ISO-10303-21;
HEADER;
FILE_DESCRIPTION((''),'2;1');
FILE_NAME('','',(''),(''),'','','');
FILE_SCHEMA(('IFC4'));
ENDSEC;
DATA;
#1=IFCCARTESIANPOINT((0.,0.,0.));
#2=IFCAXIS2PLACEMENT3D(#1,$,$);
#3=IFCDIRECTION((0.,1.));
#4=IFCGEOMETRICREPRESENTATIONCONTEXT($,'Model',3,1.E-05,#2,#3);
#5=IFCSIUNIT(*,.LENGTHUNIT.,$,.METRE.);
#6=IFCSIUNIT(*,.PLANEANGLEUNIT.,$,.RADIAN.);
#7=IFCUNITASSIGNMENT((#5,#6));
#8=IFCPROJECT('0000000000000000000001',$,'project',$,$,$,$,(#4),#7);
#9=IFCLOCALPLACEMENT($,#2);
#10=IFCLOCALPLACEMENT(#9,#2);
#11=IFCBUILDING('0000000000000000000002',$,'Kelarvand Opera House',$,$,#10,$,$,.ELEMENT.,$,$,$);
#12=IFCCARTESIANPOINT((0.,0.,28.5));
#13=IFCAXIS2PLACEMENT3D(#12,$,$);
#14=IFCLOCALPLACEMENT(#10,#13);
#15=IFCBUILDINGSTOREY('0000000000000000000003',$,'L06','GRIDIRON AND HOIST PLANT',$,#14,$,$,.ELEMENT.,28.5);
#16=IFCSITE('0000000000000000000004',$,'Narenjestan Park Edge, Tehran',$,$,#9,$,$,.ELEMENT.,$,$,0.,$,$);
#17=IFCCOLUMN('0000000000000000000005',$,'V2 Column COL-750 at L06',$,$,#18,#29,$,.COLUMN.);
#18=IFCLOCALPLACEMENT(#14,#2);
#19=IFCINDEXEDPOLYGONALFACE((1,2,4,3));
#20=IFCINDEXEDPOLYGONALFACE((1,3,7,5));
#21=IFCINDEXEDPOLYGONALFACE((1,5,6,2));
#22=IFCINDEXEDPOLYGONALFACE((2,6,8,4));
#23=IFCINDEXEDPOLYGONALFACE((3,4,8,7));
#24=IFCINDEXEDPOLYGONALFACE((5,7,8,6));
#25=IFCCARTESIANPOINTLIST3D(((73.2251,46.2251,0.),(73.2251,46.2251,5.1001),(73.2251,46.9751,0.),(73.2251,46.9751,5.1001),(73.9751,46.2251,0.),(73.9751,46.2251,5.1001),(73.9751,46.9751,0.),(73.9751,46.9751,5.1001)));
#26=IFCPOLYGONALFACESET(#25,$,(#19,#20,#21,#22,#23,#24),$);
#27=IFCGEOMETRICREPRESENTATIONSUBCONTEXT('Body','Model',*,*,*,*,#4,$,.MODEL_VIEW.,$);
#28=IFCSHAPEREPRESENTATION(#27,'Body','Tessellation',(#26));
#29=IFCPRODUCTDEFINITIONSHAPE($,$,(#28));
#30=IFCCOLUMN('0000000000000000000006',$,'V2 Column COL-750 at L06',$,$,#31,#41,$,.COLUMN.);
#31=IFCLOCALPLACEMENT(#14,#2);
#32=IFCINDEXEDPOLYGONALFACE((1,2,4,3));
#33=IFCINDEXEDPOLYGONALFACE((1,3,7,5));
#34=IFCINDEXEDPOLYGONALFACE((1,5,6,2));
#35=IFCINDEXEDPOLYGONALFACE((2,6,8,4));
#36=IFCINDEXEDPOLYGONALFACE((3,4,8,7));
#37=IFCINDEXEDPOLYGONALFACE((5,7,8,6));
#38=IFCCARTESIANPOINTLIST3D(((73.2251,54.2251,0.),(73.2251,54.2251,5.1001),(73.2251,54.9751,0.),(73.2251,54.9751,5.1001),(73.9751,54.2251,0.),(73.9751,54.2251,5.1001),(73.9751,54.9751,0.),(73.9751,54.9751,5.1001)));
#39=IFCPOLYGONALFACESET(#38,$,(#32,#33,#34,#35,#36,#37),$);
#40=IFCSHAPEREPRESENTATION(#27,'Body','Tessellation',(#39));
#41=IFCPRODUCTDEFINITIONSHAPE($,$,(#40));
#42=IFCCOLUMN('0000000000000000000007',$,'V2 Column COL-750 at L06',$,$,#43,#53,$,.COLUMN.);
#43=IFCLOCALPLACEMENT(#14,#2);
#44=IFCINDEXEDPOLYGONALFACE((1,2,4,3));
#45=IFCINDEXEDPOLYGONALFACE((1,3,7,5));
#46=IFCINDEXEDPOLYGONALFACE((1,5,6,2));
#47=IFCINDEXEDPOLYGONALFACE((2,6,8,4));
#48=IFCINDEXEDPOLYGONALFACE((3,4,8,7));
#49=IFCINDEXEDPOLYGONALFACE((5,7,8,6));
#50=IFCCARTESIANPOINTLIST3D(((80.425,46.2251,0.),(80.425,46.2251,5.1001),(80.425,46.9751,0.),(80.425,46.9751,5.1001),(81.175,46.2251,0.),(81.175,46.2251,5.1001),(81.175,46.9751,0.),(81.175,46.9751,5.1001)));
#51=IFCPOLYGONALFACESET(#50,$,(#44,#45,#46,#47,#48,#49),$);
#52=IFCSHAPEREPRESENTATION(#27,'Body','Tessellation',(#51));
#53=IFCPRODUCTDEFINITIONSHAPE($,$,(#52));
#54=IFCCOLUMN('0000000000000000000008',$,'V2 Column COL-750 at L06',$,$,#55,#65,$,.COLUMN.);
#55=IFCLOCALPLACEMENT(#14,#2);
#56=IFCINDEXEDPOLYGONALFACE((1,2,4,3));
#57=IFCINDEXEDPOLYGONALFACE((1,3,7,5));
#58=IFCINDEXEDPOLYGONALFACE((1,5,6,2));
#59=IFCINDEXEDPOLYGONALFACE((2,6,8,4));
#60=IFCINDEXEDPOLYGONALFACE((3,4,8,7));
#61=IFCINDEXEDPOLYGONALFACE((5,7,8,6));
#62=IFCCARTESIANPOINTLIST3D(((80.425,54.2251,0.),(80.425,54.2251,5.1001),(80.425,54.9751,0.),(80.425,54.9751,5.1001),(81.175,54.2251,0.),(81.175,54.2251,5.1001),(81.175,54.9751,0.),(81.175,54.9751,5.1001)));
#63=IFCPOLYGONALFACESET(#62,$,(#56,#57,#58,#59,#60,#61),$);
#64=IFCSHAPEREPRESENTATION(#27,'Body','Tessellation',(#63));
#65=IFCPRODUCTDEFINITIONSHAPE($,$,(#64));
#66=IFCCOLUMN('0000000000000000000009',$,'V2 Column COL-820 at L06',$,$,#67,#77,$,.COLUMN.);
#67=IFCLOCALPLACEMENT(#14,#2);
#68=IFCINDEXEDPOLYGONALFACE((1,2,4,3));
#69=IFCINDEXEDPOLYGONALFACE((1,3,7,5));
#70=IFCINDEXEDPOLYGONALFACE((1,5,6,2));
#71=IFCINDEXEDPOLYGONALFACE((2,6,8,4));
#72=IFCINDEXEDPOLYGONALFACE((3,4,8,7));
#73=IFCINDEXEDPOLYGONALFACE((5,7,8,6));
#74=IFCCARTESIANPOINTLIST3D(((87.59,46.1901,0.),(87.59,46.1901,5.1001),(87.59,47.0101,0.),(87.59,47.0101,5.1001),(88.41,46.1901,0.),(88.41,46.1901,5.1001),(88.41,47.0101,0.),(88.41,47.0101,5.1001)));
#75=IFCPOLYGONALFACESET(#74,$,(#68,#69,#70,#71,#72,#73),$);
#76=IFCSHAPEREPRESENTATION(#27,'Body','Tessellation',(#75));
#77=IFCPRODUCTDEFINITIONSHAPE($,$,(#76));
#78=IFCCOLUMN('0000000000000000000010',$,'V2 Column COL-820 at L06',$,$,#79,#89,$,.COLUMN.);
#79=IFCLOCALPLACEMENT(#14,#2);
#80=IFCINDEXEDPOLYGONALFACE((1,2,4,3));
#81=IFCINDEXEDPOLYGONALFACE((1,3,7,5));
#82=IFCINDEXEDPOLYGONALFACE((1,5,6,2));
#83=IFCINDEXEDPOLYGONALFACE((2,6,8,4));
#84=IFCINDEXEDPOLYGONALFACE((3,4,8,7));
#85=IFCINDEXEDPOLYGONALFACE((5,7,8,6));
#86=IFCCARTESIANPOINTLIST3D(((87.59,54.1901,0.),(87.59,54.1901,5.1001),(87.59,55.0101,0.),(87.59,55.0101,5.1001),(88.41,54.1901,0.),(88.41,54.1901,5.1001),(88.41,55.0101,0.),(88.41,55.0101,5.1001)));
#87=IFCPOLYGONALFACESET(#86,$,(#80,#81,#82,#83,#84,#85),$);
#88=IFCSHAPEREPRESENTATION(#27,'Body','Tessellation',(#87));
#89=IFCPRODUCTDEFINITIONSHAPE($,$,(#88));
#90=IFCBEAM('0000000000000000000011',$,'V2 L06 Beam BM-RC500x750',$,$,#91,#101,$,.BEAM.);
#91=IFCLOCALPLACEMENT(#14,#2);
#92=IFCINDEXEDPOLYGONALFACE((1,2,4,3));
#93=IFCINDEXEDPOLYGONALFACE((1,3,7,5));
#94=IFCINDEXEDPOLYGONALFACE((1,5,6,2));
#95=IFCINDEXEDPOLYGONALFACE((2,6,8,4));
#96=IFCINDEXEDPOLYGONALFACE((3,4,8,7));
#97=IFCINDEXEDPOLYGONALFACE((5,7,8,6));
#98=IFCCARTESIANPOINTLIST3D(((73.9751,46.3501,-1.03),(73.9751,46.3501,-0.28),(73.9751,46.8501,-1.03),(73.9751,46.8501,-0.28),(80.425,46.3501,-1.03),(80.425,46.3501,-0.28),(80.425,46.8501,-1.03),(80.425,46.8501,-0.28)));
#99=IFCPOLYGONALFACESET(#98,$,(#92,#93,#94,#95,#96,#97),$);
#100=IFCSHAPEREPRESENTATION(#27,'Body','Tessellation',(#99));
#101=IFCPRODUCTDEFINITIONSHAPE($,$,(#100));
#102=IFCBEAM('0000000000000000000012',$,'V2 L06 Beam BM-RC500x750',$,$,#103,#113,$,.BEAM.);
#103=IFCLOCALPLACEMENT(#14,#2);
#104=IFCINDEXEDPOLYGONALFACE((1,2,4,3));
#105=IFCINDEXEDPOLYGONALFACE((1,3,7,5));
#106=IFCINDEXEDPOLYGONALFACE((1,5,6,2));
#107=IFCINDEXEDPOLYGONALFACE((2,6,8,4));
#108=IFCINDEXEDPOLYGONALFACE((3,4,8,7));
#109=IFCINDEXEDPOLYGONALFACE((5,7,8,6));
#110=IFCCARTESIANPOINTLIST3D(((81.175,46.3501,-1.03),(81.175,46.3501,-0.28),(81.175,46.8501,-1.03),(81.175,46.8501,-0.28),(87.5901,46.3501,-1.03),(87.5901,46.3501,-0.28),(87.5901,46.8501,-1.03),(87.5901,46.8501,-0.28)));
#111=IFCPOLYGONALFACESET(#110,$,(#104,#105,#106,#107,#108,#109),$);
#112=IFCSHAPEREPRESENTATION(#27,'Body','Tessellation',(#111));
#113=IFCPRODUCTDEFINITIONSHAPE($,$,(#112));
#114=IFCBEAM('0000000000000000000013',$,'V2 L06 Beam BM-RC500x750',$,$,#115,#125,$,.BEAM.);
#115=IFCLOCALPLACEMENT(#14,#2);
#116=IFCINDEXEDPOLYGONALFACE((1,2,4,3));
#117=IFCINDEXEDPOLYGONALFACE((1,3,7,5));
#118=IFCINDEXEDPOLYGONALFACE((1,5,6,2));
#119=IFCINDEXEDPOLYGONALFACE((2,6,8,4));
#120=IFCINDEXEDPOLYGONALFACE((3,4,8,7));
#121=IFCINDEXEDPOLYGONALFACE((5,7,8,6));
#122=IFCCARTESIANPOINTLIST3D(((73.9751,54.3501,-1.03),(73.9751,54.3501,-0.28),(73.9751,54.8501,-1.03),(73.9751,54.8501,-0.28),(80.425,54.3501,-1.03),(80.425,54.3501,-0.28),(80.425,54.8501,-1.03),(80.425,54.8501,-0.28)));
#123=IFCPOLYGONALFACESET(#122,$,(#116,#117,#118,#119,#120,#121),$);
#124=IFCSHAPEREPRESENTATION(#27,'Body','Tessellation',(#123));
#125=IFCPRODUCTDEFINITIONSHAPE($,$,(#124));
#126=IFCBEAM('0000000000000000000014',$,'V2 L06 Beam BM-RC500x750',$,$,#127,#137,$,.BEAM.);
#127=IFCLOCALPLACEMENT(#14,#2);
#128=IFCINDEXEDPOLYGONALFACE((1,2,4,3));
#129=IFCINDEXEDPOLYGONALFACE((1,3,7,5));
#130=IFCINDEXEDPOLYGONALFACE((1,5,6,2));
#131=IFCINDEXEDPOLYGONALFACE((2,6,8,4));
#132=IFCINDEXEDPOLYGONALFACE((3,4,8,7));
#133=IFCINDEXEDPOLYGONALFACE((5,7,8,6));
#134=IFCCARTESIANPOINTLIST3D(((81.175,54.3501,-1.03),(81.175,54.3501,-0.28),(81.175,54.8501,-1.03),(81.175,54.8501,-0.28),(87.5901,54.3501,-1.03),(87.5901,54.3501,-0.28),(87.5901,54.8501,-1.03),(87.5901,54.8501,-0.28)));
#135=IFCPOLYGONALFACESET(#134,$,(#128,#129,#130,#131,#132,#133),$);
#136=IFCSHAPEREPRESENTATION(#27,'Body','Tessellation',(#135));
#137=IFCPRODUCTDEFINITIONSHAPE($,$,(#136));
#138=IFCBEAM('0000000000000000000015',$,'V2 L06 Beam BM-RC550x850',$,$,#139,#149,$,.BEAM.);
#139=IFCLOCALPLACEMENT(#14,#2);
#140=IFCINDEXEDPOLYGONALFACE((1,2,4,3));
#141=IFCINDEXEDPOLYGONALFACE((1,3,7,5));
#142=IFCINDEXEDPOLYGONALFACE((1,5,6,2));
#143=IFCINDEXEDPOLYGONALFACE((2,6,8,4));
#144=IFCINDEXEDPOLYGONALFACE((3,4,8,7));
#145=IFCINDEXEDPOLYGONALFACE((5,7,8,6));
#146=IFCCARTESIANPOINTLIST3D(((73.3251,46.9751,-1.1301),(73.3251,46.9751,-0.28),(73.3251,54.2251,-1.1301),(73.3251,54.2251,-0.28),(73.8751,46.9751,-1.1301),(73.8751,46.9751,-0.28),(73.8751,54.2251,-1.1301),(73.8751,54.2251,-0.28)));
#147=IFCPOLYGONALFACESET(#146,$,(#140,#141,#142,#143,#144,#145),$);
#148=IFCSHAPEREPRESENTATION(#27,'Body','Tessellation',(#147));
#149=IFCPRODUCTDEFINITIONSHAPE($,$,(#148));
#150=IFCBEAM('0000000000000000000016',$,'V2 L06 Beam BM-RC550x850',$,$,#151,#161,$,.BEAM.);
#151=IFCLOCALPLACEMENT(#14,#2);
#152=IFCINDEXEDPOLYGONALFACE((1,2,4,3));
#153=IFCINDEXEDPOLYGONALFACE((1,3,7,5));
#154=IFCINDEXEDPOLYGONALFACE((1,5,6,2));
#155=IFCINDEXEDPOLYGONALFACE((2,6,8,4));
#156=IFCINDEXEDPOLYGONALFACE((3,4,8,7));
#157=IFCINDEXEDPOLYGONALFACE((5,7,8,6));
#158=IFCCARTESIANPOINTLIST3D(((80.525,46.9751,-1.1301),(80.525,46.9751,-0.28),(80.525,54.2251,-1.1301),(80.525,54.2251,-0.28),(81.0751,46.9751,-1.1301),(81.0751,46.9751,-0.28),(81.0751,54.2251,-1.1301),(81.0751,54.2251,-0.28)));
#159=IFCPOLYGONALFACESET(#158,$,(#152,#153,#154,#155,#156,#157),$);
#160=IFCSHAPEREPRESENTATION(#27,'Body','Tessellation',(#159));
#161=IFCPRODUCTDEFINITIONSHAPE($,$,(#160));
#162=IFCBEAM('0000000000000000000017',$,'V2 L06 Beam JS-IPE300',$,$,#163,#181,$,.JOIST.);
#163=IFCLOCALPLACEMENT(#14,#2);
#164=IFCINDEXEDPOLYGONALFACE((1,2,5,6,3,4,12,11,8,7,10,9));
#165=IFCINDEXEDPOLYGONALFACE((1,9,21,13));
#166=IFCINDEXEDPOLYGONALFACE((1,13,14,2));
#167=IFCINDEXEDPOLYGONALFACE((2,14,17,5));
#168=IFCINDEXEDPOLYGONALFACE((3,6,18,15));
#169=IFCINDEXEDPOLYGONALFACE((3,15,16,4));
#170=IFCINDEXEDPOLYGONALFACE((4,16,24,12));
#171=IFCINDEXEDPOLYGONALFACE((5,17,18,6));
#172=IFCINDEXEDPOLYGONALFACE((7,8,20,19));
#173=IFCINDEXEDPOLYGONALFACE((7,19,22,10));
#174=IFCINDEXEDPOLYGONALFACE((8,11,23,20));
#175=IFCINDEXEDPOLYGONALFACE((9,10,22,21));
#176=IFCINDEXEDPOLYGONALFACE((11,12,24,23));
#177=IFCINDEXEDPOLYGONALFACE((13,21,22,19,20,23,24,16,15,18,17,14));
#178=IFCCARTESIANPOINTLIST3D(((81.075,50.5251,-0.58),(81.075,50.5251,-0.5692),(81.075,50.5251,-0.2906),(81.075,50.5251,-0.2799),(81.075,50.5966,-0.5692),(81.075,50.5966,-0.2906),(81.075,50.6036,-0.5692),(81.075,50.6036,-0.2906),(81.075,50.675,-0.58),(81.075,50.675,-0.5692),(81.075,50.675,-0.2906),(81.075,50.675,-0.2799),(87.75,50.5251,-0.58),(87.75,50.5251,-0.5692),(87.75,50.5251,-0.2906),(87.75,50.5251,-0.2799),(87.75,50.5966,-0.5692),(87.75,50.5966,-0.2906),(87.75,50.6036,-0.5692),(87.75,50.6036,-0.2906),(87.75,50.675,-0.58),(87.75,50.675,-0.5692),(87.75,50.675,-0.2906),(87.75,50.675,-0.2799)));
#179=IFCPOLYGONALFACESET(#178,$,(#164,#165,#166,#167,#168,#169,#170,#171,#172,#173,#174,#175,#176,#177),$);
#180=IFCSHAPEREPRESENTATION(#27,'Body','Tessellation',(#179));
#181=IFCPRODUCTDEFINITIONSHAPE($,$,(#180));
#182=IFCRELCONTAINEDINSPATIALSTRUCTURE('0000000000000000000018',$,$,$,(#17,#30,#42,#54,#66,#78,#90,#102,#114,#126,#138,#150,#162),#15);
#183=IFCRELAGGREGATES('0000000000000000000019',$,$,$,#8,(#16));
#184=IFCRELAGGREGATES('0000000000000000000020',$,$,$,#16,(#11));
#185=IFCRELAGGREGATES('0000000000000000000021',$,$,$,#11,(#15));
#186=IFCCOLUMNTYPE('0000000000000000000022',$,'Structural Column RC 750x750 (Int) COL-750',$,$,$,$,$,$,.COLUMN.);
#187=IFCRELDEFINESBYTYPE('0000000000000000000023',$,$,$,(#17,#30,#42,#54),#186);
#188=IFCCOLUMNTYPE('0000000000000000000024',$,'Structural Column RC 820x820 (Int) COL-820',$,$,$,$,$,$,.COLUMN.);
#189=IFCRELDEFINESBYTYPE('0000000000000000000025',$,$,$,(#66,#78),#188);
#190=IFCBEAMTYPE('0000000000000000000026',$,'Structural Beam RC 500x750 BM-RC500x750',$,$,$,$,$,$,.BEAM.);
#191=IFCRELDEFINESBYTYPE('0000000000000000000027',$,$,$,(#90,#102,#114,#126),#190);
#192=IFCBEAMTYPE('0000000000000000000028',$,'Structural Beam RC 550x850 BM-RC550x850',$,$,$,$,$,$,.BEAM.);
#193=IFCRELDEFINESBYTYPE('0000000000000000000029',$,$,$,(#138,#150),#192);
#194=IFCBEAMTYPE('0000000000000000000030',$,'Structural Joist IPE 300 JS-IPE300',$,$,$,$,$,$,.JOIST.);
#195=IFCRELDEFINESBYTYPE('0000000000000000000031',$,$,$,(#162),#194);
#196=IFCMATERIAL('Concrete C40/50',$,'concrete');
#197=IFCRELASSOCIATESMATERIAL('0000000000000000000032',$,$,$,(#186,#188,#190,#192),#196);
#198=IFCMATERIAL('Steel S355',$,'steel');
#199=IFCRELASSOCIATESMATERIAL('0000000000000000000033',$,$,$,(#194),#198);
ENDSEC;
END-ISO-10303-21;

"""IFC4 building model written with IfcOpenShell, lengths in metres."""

from ifc_helpers import new_model, si_unit, direction, frame, origin, origin_2d, place, context, subcontext, project, spatial, rectangle, i_section, extrude, material, material_profile, profile_set, type_object, element, save


model = new_model("IFC4")

# Units and contexts
model_context = context("Model", 3, precision=1e-05, world=origin(), true_north=direction((0.0, 1.0)))
body_context = subcontext(model_context, "Body", "Model", "MODEL_VIEW")
ifc_project = project(units=[si_unit("LENGTHUNIT", "METRE"), si_unit("PLANEANGLEUNIT", "RADIAN")], contexts=[model_context])

# Site, building, storey
site_placement = place(None, origin())
site = spatial("IfcSite", under=ifc_project, at=site_placement, Name="Narenjestan Park Edge, Tehran", CompositionType="ELEMENT", RefElevation=0.0)
building_placement = place(site_placement, origin())
building = spatial("IfcBuilding", under=site, at=building_placement, Name="Kelarvand Opera House", CompositionType="ELEMENT")
storey_placement = place(building_placement, frame((0.0, 0.0, 28.5)))
storey = spatial("IfcBuildingStorey", under=building, at=storey_placement, Name="L06", Description="GRIDIRON AND HOIST PLANT", CompositionType="ELEMENT", Elevation=28.5)

# Columns
ifc_material_1 = material(Name="Concrete C40/50", Category="concrete")
ifc_material_profile_1 = material_profile(ifc_material_1, rectangle(XDim=0.75, YDim=0.75, at=origin_2d()), Name="RC 750x750", Category="concrete")
ifc_profile_set_1 = profile_set([ifc_material_profile_1], Name="Concrete C40/50")
column_type_1 = type_object("IfcColumnType", Name="Structural Column RC 750x750 (Int) COL-750", PredefinedType="COLUMN", material=ifc_profile_set_1)
for number, where, z_axis, x_axis, name in (
    (1, (73.6001, 46.6001, 0.0), (0.0, 0.0, 1.0), (1.0, 0.0, 0.0), "V2 Column COL-750 at L06"),
    (2, (73.6001, 54.6001, 0.0), (0.0, 0.0, 1.0), (1.0, 0.0, 0.0), "V2 Column COL-750 at L06"),
    (3, (80.8, 46.6001, 0.0), (0.0, 0.0, 1.0), (1.0, 0.0, 0.0), "V2 Column COL-750 at L06"),
    (4, (80.8, 54.6001, 0.0), (0.0, 0.0, 1.0), (1.0, 0.0, 0.0), "V2 Column COL-750 at L06"),
):
    element("IfcColumn", number, at=place(storey_placement, frame(where, z_axis=z_axis, x_axis=x_axis)), inside=storey, type_object=column_type_1, Name=name, PredefinedType="COLUMN", context=body_context, shape_type="SweptSolid", body=[
        extrude(rectangle(XDim=0.75, YDim=0.75, at=origin_2d()), origin(), (0.0, 0.0, 1.0), 5.1001),
    ])
ifc_material_profile_2 = material_profile(ifc_material_1, rectangle(XDim=0.8201, YDim=0.8201, at=origin_2d()), Name="RC 820x820", Category="concrete")
ifc_profile_set_2 = profile_set([ifc_material_profile_2], Name="Concrete C40/50")
column_type_2 = type_object("IfcColumnType", Name="Structural Column RC 820x820 (Int) COL-820", PredefinedType="COLUMN", material=ifc_profile_set_2)
for number, where, z_axis, x_axis, name in (
    (5, (88.0, 46.6001, 0.0), (0.0, 0.0, 1.0), (1.0, 0.0, 0.0), "V2 Column COL-820 at L06"),
    (6, (88.0, 54.6001, 0.0), (0.0, 0.0, 1.0), (1.0, 0.0, 0.0), "V2 Column COL-820 at L06"),
):
    element("IfcColumn", number, at=place(storey_placement, frame(where, z_axis=z_axis, x_axis=x_axis)), inside=storey, type_object=column_type_2, Name=name, PredefinedType="COLUMN", context=body_context, shape_type="SweptSolid", body=[
        extrude(rectangle(XDim=0.8201, YDim=0.8201, at=origin_2d()), origin(), (0.0, 0.0, 1.0), 5.1001),
    ])

# Beams
ifc_material_profile_3 = material_profile(ifc_material_1, rectangle(XDim=0.5, YDim=0.75, at=origin_2d()), Name="RC 500x750", Category="concrete")
ifc_profile_set_3 = profile_set([ifc_material_profile_3], Name="Concrete C40/50")
beam_type_1 = type_object("IfcBeamType", Name="Structural Beam RC 500x750 BM-RC500x750", PredefinedType="BEAM", material=ifc_profile_set_3)
beam_1_placement = place(storey_placement, frame((73.9751, 46.6001, -0.655), z_axis=(1.0, 0.0, 0.0), x_axis=(0.0, 1.0, 0.0)))
element("IfcBeam", 7, at=beam_1_placement, inside=storey, type_object=beam_type_1, Name="V2 L06 Beam BM-RC500x750", PredefinedType="BEAM", context=body_context, shape_type="SweptSolid", body=[
    extrude(rectangle(XDim=0.5, YDim=0.75, at=origin_2d()), origin(), (0.0, 0.0, 1.0), 6.45),
])
beam_2_placement = place(storey_placement, frame((81.175, 46.6001, -0.655), z_axis=(1.0, 0.0, 0.0), x_axis=(0.0, 1.0, 0.0)))
element("IfcBeam", 8, at=beam_2_placement, inside=storey, type_object=beam_type_1, Name="V2 L06 Beam BM-RC500x750", PredefinedType="BEAM", context=body_context, shape_type="SweptSolid", body=[
    extrude(rectangle(XDim=0.5, YDim=0.75, at=origin_2d()), origin(), (0.0, 0.0, 1.0), 6.415),
])
beam_3_placement = place(storey_placement, frame((73.9751, 54.6001, -0.655), z_axis=(1.0, 0.0, 0.0), x_axis=(0.0, 1.0, 0.0)))
element("IfcBeam", 9, at=beam_3_placement, inside=storey, type_object=beam_type_1, Name="V2 L06 Beam BM-RC500x750", PredefinedType="BEAM", context=body_context, shape_type="SweptSolid", body=[
    extrude(rectangle(XDim=0.5, YDim=0.75, at=origin_2d()), origin(), (0.0, 0.0, 1.0), 6.45),
])
beam_4_placement = place(storey_placement, frame((81.175, 54.6001, -0.655), z_axis=(1.0, 0.0, 0.0), x_axis=(0.0, 1.0, 0.0)))
element("IfcBeam", 10, at=beam_4_placement, inside=storey, type_object=beam_type_1, Name="V2 L06 Beam BM-RC500x750", PredefinedType="BEAM", context=body_context, shape_type="SweptSolid", body=[
    extrude(rectangle(XDim=0.5, YDim=0.75, at=origin_2d()), origin(), (0.0, 0.0, 1.0), 6.415),
])
ifc_material_profile_4 = material_profile(ifc_material_1, rectangle(XDim=0.55, YDim=0.8501, at=origin_2d()), Name="RC 550x850", Category="concrete")
ifc_profile_set_4 = profile_set([ifc_material_profile_4], Name="Concrete C40/50")
beam_type_2 = type_object("IfcBeamType", Name="Structural Beam RC 550x850 BM-RC550x850", PredefinedType="BEAM", material=ifc_profile_set_4)
for number, where, z_axis, x_axis, name in (
    (11, (73.6001, 46.9751, -0.7051), (0.0, 1.0, 0.0), (-1.0, 0.0, 0.0), "V2 L06 Beam BM-RC550x850"),
    (12, (80.8, 46.9751, -0.7051), (0.0, 1.0, 0.0), (-1.0, 0.0, 0.0), "V2 L06 Beam BM-RC550x850"),
):
    element("IfcBeam", number, at=place(storey_placement, frame(where, z_axis=z_axis, x_axis=x_axis)), inside=storey, type_object=beam_type_2, Name=name, PredefinedType="BEAM", context=body_context, shape_type="SweptSolid", body=[
        extrude(rectangle(XDim=0.55, YDim=0.8501, at=origin_2d()), origin(), (0.0, 0.0, 1.0), 7.25),
    ])
ifc_material_2 = material(Name="Steel S355", Category="steel")
ifc_material_profile_5 = material_profile(ifc_material_2, i_section(OverallWidth=0.1499, OverallDepth=0.3, WebThickness=0.0071, FlangeThickness=0.0107, at=origin_2d()), Name="IPE 300", Category="steel")
ifc_profile_set_5 = profile_set([ifc_material_profile_5], Name="Steel S355")
beam_type_3 = type_object("IfcBeamType", Name="Structural Joist IPE 300 JS-IPE300", PredefinedType="JOIST", material=ifc_profile_set_5)
beam_5_placement = place(storey_placement, frame((81.075, 50.6001, -0.4299), z_axis=(1.0, 0.0, 0.0), x_axis=(0.0, 1.0, 0.0)))
element("IfcBeam", 13, at=beam_5_placement, inside=storey, type_object=beam_type_3, Name="V2 L06 Beam JS-IPE300", PredefinedType="JOIST", context=body_context, shape_type="SweptSolid", body=[
    extrude(i_section(OverallWidth=0.1499, OverallDepth=0.3, WebThickness=0.0071, FlangeThickness=0.0107, at=origin_2d()), origin(), (0.0, 0.0, 1.0), 6.675),
])

save(model, "model.ifc")
